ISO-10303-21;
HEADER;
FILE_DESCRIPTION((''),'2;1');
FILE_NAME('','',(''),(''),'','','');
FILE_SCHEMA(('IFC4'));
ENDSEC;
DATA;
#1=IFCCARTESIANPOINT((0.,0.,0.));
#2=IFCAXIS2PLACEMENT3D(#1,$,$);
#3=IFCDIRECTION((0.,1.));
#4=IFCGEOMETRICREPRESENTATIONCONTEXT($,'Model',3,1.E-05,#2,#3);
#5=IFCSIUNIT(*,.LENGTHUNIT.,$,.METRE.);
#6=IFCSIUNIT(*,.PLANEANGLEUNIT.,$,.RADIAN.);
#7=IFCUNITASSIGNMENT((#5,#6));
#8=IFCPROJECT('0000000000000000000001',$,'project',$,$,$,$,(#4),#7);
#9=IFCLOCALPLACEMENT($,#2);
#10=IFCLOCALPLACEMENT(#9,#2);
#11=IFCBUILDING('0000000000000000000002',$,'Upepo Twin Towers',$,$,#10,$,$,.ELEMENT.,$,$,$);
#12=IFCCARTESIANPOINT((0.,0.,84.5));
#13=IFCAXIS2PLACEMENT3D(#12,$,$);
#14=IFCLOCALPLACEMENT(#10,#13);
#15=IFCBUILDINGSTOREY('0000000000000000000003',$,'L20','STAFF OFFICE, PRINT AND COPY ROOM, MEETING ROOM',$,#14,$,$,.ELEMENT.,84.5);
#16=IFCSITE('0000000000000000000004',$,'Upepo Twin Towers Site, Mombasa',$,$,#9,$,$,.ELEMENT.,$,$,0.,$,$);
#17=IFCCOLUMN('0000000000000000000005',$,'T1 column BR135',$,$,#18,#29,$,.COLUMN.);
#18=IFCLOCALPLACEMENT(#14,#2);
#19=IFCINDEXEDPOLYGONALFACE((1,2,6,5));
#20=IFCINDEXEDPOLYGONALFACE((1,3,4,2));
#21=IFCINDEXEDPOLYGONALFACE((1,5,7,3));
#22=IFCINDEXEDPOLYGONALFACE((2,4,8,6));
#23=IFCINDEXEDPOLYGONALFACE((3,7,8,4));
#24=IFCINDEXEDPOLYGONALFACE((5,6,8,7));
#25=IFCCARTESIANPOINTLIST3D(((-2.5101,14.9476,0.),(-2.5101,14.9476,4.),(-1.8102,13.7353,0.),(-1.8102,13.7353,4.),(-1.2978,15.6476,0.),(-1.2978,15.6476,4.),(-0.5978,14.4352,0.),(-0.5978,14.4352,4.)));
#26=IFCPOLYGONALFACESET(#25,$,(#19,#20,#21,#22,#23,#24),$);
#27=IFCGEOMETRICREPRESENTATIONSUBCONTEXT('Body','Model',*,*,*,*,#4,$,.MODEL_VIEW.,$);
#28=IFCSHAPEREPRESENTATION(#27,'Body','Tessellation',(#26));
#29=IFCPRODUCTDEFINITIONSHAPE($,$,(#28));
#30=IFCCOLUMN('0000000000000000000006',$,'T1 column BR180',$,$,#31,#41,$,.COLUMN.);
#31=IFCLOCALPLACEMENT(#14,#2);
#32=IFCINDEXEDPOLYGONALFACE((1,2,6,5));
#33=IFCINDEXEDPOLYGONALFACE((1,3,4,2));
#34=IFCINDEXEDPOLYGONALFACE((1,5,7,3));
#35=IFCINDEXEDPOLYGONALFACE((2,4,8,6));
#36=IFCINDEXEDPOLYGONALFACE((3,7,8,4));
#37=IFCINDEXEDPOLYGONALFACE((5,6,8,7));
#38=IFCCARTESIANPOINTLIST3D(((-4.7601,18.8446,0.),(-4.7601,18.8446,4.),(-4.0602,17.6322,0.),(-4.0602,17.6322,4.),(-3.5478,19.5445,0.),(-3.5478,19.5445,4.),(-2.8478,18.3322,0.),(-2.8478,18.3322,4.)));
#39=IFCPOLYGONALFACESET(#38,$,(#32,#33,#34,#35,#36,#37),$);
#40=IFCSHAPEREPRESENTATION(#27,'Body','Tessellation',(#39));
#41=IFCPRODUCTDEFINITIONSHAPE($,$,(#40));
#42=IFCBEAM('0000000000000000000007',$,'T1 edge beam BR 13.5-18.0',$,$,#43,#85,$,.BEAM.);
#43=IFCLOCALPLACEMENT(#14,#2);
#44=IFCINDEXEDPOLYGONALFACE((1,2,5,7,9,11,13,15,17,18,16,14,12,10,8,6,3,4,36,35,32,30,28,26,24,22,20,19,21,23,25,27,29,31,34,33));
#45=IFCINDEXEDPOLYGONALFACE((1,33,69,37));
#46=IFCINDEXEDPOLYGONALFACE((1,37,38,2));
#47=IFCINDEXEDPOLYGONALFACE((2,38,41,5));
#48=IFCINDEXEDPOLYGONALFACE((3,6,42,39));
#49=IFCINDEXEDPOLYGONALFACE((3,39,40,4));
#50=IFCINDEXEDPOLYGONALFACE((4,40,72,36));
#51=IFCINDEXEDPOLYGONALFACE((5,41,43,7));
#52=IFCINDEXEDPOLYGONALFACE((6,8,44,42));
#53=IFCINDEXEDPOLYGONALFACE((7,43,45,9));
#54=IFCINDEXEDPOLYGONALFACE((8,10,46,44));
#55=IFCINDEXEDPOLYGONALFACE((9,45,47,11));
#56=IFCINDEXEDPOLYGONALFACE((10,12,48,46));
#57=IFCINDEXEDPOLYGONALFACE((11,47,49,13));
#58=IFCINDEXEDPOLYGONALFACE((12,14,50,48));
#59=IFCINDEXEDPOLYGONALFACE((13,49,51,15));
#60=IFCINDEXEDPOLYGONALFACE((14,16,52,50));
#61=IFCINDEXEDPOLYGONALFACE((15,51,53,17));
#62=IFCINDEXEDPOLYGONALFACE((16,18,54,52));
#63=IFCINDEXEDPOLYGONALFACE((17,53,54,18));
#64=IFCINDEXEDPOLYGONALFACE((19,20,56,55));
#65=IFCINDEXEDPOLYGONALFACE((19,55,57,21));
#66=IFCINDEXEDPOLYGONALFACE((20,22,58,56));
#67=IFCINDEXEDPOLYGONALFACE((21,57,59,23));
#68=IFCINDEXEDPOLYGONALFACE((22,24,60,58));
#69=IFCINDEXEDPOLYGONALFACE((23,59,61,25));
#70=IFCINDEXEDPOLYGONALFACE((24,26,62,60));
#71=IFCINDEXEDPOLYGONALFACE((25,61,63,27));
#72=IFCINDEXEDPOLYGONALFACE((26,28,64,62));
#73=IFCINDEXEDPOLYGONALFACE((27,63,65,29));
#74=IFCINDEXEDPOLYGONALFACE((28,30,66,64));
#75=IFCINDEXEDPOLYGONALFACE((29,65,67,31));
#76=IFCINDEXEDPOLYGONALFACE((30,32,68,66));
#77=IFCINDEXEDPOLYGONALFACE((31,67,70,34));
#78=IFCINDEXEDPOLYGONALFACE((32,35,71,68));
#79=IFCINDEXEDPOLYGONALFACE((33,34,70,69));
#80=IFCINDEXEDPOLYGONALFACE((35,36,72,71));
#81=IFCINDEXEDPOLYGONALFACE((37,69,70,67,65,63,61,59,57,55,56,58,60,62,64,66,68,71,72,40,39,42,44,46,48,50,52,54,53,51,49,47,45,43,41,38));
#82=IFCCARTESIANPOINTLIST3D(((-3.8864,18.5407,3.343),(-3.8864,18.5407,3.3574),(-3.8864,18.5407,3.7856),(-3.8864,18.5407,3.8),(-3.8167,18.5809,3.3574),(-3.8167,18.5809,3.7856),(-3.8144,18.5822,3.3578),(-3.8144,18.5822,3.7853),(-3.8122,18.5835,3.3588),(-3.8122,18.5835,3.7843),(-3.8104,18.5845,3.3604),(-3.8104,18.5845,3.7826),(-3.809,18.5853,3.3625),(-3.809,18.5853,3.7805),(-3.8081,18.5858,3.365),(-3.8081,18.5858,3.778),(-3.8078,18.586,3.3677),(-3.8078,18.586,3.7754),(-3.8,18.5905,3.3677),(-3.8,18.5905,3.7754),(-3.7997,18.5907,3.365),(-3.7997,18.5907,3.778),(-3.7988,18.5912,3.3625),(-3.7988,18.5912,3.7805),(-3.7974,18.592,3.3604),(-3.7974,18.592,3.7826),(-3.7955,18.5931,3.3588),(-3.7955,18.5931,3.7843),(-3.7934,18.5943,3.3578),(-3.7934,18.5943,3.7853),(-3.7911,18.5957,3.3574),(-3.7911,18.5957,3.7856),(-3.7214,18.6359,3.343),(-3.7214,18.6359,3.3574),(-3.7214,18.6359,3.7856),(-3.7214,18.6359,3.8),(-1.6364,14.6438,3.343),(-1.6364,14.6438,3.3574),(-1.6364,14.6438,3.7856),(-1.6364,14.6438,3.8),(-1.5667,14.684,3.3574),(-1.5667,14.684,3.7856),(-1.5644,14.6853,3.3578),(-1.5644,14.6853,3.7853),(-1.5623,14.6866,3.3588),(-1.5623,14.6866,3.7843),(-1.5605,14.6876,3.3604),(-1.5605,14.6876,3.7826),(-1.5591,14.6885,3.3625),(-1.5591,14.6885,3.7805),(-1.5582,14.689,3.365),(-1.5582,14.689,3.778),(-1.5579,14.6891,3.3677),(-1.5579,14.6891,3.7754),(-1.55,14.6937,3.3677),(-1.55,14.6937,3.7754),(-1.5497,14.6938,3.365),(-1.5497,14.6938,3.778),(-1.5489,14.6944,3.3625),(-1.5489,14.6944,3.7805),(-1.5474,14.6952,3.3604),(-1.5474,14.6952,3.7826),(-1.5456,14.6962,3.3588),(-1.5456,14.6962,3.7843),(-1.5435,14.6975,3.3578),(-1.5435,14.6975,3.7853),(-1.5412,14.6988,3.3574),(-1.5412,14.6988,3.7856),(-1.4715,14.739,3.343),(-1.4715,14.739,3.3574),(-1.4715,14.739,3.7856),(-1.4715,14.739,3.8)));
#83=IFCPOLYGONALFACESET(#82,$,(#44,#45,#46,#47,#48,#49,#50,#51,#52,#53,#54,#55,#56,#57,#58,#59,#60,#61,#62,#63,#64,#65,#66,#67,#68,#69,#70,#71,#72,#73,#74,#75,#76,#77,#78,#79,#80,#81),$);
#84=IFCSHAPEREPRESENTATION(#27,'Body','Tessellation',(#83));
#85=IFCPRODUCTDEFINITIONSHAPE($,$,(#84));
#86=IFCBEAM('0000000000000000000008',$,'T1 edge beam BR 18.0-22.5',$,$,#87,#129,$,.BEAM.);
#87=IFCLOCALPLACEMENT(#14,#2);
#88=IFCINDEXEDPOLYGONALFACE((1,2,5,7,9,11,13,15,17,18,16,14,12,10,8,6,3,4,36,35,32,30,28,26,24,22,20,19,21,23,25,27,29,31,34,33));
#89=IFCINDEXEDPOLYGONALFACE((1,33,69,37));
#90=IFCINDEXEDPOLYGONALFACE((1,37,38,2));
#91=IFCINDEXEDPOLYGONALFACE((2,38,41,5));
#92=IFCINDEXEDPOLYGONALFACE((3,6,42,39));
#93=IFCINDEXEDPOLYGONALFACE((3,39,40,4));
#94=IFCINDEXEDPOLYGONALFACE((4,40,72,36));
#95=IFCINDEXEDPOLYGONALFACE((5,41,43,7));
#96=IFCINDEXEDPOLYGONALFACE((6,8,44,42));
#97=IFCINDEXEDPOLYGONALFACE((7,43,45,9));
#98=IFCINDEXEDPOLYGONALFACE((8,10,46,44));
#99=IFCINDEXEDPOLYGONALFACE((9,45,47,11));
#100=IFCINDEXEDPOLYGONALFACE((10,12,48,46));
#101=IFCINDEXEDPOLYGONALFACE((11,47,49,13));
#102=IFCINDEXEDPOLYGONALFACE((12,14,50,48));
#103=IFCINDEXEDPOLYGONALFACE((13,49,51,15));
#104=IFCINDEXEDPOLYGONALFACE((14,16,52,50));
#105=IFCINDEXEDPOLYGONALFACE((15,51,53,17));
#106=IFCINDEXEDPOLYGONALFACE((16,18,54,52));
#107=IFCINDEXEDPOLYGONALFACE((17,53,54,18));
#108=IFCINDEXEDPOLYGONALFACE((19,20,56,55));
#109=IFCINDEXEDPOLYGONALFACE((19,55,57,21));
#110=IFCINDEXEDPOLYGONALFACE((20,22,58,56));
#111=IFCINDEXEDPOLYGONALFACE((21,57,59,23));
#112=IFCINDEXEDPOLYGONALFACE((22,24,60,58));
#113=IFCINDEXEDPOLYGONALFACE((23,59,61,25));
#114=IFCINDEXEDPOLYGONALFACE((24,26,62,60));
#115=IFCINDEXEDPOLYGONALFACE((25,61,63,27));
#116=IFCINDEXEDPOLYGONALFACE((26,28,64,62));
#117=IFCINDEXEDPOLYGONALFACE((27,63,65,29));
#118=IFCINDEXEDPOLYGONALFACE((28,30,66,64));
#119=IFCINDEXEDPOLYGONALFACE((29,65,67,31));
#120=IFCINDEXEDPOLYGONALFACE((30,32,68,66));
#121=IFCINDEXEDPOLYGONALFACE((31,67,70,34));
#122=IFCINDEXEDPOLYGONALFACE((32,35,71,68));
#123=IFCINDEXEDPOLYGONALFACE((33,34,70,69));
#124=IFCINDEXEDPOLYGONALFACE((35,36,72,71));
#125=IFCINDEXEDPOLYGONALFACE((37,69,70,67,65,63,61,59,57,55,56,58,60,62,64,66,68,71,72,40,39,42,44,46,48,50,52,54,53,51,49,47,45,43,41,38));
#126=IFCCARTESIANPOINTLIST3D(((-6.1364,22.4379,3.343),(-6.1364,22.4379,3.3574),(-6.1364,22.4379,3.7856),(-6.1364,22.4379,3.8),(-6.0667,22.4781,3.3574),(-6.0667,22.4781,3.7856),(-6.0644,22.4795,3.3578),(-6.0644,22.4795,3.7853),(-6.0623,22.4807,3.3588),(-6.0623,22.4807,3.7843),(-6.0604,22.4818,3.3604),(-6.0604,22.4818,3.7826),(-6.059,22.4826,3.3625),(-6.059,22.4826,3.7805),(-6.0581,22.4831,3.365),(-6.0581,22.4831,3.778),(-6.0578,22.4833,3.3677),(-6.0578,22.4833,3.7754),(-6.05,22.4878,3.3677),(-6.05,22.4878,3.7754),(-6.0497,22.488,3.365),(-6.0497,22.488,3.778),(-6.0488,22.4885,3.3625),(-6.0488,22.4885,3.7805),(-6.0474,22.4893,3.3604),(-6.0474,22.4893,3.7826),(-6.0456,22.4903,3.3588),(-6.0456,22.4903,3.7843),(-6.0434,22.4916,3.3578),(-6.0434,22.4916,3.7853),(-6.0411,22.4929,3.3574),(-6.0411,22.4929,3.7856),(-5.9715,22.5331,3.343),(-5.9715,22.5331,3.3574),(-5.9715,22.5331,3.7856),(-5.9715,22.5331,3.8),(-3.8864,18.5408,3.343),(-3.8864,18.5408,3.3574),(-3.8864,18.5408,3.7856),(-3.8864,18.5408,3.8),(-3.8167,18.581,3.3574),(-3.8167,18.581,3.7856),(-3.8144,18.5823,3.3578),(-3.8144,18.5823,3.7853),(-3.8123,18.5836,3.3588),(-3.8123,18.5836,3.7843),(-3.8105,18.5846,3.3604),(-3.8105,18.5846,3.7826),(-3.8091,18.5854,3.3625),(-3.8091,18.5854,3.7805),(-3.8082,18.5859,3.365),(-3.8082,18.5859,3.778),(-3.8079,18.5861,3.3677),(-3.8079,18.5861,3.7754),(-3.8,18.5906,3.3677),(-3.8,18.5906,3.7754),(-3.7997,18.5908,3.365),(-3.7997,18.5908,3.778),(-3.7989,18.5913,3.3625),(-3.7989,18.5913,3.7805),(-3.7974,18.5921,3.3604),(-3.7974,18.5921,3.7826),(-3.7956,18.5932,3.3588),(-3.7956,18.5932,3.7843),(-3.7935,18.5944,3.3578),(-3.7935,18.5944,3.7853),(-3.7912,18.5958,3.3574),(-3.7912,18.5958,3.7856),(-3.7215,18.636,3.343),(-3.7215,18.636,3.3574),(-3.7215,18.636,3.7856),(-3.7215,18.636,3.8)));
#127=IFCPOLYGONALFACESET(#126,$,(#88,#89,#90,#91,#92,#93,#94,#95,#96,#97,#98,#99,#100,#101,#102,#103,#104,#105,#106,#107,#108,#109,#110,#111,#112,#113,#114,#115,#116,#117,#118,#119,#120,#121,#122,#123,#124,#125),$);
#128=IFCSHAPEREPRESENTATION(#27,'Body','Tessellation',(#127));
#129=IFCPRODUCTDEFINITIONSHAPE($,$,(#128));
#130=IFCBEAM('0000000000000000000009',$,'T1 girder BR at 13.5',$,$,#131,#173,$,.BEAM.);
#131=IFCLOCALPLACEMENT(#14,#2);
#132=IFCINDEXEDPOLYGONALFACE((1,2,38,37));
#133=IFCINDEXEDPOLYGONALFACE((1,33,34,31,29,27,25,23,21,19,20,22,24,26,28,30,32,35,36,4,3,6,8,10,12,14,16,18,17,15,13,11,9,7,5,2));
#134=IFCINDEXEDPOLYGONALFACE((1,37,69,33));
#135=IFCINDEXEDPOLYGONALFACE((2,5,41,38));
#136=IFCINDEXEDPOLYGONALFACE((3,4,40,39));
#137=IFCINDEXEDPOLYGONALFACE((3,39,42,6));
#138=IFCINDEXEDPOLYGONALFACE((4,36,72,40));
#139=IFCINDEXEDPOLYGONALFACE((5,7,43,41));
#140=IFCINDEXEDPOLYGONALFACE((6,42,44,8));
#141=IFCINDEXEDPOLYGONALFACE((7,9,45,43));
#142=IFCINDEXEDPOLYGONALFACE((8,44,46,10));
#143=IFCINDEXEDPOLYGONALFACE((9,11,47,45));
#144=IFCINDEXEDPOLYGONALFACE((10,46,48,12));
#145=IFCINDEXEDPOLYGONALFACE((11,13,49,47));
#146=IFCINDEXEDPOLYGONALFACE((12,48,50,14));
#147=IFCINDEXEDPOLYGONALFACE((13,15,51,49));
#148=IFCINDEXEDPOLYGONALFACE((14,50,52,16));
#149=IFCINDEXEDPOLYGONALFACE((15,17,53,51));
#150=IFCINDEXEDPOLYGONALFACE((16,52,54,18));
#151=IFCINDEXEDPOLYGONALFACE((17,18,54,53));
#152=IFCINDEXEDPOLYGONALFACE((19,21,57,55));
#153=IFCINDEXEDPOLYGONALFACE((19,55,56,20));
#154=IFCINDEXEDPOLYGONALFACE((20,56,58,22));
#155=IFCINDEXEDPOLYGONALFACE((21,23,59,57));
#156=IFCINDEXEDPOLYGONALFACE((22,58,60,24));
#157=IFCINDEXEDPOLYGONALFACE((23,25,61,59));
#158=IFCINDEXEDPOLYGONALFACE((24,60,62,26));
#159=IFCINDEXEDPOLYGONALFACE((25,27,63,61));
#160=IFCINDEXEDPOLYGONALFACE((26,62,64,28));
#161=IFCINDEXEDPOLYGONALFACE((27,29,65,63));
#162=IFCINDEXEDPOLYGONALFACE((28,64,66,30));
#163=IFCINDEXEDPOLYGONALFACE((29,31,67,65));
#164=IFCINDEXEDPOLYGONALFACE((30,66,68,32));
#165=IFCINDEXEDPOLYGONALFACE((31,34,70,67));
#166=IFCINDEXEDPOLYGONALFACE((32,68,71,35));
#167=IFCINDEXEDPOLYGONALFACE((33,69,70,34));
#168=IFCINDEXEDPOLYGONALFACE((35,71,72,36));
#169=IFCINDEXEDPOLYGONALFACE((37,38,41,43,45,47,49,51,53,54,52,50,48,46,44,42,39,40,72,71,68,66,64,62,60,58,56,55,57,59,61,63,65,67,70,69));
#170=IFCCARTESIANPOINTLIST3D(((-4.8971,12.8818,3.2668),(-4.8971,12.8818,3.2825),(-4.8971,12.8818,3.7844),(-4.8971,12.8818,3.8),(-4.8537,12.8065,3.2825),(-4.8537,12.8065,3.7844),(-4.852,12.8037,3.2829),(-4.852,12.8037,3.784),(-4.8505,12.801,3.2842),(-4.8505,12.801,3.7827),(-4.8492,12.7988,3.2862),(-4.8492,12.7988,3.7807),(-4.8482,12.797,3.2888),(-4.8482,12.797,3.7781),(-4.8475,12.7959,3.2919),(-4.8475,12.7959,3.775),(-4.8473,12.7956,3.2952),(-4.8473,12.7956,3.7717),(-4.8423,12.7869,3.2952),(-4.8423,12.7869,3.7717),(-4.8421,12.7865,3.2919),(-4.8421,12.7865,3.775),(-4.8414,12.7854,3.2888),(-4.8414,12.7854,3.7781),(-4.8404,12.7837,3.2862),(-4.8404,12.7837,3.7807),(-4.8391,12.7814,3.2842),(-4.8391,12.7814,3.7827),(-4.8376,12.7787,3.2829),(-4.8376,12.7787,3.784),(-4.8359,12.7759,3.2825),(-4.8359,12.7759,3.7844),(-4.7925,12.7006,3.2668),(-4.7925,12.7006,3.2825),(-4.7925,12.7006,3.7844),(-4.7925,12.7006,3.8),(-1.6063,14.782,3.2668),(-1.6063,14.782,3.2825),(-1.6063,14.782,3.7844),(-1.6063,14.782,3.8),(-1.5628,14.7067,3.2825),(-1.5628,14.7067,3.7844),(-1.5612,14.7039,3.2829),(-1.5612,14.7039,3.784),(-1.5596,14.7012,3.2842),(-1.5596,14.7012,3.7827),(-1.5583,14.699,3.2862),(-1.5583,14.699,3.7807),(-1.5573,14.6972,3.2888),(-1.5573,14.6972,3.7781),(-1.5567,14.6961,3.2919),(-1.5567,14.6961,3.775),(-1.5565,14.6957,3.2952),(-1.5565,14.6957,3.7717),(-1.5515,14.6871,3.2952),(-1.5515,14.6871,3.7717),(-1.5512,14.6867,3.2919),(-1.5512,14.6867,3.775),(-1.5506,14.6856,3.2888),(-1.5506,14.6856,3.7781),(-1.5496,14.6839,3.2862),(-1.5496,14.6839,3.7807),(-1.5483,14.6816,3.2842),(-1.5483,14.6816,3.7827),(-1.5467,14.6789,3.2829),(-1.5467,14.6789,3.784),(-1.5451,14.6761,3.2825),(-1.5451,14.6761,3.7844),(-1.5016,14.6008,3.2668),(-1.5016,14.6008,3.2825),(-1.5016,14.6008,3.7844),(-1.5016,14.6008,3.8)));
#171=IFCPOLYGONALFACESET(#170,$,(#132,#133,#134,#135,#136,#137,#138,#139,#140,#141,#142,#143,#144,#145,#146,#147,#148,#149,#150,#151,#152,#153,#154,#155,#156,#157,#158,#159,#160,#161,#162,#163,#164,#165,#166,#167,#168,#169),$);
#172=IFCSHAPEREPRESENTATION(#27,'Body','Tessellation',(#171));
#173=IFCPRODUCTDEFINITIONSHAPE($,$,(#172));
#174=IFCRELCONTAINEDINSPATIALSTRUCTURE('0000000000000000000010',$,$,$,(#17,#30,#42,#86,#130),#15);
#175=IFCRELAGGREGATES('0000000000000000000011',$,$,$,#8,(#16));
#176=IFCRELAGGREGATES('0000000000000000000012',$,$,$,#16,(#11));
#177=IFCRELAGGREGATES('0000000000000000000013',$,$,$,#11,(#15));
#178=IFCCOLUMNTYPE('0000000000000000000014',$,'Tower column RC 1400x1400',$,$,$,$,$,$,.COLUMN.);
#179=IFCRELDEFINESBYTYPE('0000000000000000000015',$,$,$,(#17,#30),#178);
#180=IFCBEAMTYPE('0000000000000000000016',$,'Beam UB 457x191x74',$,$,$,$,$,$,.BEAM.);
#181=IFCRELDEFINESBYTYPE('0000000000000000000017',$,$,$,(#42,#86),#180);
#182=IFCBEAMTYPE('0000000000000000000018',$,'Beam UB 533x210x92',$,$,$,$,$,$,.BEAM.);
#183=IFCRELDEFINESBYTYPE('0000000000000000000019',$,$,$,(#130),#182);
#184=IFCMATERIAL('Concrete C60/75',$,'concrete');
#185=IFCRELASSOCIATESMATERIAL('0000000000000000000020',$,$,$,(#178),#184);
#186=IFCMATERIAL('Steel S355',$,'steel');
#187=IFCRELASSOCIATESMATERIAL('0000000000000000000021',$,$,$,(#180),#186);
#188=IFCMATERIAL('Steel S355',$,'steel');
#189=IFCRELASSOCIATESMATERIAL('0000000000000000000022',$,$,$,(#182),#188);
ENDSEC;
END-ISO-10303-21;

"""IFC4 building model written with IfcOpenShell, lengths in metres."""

from ifc_helpers import new_model, si_unit, direction, frame, origin, origin_2d, place, context, subcontext, project, spatial, rectangle, i_section, extrude, material, material_profile, profile_set, type_object, element, save


model = new_model("IFC4")

# Units and contexts
model_context = context("Model", 3, precision=1e-05, world=origin(), true_north=direction((0.0, 1.0)))
body_context = subcontext(model_context, "Body", "Model", "MODEL_VIEW")
ifc_project = project(units=[si_unit("LENGTHUNIT", "METRE"), si_unit("PLANEANGLEUNIT", "RADIAN")], contexts=[model_context])

# Site, building, storey
site_placement = place(None, origin())
site = spatial("IfcSite", under=ifc_project, at=site_placement, Name="Upepo Twin Towers Site, Mombasa", CompositionType="ELEMENT", RefElevation=0.0)
building_placement = place(site_placement, origin())
building = spatial("IfcBuilding", under=site, at=building_placement, Name="Upepo Twin Towers", CompositionType="ELEMENT")
storey_placement = place(building_placement, frame((0.0, 0.0, 84.5)))
storey = spatial("IfcBuildingStorey", under=building, at=storey_placement, Name="L20", Description="STAFF OFFICE, PRINT AND COPY ROOM, MEETING ROOM", CompositionType="ELEMENT", Elevation=84.5)

# Columns
ifc_material_1 = material(Name="Concrete C60/75", Category="concrete")
ifc_material_profile_1 = material_profile(ifc_material_1, rectangle(XDim=1.3999, YDim=1.3999, at=origin_2d()), Name="RC 1400x1400")
ifc_profile_set_1 = profile_set([ifc_material_profile_1], Name="Concrete C60/75")
column_type = type_object("IfcColumnType", Name="Tower column RC 1400x1400", PredefinedType="COLUMN", material=ifc_profile_set_1)
for number, where, z_axis, x_axis, name in (
    (1, (-1.554, 14.6914, 0.0), (0.0, 0.0, 1.0), (0.866025, 0.5, 0.0), "T1 column BR135"),
    (2, (-3.804, 18.5884, 0.0), (0.0, 0.0, 1.0), (0.866025, 0.5, 0.0), "T1 column BR180"),
):
    element("IfcColumn", number, at=place(storey_placement, frame(where, z_axis=z_axis, x_axis=x_axis)), inside=storey, type_object=column_type, Name=name, PredefinedType="COLUMN", context=body_context, shape_type="SweptSolid", body=[
        extrude(rectangle(XDim=1.3999, YDim=1.3999, at=origin_2d()), origin(), (0.0, 0.0, 1.0), 4.0),
    ])

# Beams
ifc_material_2 = material(Name="Steel S355", Category="steel")
ifc_material_profile_2 = material_profile(ifc_material_2, i_section(OverallWidth=0.1904, OverallDepth=0.457, WebThickness=0.009, FlangeThickness=0.0144, FilletRadius=0.0103, at=origin_2d()), Name="UB 457x191x74")
ifc_profile_set_2 = profile_set([ifc_material_profile_2], Name="Steel S355")
beam_type_1 = type_object("IfcBeamType", Name="Beam UB 457x191x74", PredefinedType="BEAM", material=ifc_profile_set_2)
beam_1_placement = place(storey_placement, frame((-1.554, 14.6914, 3.5715), z_axis=(-0.500014, 0.866018, 0.0), x_axis=(-0.866018, -0.500014, 0.0)))
element("IfcBeam", 3, at=beam_1_placement, inside=storey, type_object=beam_type_1, Name="T1 edge beam BR 13.5-18.0", PredefinedType="BEAM", context=body_context, shape_type="SweptSolid", body=[
    extrude(i_section(OverallWidth=0.1904, OverallDepth=0.457, WebThickness=0.009, FlangeThickness=0.0144, FilletRadius=0.0103, at=origin_2d()), origin(), (0.0, 0.0, 1.0), 4.4998),
])
beam_2_placement = place(storey_placement, frame((-3.804, 18.5884, 3.5715), z_axis=(-0.49999, 0.866031, 0.0), x_axis=(-0.866031, -0.49999, 0.0)))
element("IfcBeam", 4, at=beam_2_placement, inside=storey, type_object=beam_type_1, Name="T1 edge beam BR 18.0-22.5", PredefinedType="BEAM", context=body_context, shape_type="SweptSolid", body=[
    extrude(i_section(OverallWidth=0.1904, OverallDepth=0.457, WebThickness=0.009, FlangeThickness=0.0144, FilletRadius=0.0103, at=origin_2d()), origin(), (0.0, 0.0, 1.0), 4.5),
])
ifc_material_3 = material(Name="Steel S355", Category="steel")
ifc_material_profile_3 = material_profile(ifc_material_3, i_section(OverallWidth=0.2092, OverallDepth=0.5332, WebThickness=0.01, FlangeThickness=0.0156, FilletRadius=0.0127, at=origin_2d()), Name="UB 533x210x92")
ifc_profile_set_3 = profile_set([ifc_material_profile_3], Name="Steel S355")
beam_type_2 = type_object("IfcBeamType", Name="Beam UB 533x210x92", PredefinedType="BEAM", material=ifc_profile_set_3)
beam_3_placement = place(storey_placement, frame((-1.554, 14.6914, 3.5334), z_axis=(-0.866, -0.500043, 0.0), x_axis=(0.500043, -0.866, 0.0)))
element("IfcBeam", 5, at=beam_3_placement, inside=storey, type_object=beam_type_2, Name="T1 girder BR at 13.5", PredefinedType="BEAM", context=body_context, shape_type="SweptSolid", body=[
    extrude(i_section(OverallWidth=0.2092, OverallDepth=0.5332, WebThickness=0.01, FlangeThickness=0.0156, FilletRadius=0.0127, at=origin_2d()), origin(), (0.0, 0.0, 1.0), 3.8),
])

save(model, "model.ifc")
